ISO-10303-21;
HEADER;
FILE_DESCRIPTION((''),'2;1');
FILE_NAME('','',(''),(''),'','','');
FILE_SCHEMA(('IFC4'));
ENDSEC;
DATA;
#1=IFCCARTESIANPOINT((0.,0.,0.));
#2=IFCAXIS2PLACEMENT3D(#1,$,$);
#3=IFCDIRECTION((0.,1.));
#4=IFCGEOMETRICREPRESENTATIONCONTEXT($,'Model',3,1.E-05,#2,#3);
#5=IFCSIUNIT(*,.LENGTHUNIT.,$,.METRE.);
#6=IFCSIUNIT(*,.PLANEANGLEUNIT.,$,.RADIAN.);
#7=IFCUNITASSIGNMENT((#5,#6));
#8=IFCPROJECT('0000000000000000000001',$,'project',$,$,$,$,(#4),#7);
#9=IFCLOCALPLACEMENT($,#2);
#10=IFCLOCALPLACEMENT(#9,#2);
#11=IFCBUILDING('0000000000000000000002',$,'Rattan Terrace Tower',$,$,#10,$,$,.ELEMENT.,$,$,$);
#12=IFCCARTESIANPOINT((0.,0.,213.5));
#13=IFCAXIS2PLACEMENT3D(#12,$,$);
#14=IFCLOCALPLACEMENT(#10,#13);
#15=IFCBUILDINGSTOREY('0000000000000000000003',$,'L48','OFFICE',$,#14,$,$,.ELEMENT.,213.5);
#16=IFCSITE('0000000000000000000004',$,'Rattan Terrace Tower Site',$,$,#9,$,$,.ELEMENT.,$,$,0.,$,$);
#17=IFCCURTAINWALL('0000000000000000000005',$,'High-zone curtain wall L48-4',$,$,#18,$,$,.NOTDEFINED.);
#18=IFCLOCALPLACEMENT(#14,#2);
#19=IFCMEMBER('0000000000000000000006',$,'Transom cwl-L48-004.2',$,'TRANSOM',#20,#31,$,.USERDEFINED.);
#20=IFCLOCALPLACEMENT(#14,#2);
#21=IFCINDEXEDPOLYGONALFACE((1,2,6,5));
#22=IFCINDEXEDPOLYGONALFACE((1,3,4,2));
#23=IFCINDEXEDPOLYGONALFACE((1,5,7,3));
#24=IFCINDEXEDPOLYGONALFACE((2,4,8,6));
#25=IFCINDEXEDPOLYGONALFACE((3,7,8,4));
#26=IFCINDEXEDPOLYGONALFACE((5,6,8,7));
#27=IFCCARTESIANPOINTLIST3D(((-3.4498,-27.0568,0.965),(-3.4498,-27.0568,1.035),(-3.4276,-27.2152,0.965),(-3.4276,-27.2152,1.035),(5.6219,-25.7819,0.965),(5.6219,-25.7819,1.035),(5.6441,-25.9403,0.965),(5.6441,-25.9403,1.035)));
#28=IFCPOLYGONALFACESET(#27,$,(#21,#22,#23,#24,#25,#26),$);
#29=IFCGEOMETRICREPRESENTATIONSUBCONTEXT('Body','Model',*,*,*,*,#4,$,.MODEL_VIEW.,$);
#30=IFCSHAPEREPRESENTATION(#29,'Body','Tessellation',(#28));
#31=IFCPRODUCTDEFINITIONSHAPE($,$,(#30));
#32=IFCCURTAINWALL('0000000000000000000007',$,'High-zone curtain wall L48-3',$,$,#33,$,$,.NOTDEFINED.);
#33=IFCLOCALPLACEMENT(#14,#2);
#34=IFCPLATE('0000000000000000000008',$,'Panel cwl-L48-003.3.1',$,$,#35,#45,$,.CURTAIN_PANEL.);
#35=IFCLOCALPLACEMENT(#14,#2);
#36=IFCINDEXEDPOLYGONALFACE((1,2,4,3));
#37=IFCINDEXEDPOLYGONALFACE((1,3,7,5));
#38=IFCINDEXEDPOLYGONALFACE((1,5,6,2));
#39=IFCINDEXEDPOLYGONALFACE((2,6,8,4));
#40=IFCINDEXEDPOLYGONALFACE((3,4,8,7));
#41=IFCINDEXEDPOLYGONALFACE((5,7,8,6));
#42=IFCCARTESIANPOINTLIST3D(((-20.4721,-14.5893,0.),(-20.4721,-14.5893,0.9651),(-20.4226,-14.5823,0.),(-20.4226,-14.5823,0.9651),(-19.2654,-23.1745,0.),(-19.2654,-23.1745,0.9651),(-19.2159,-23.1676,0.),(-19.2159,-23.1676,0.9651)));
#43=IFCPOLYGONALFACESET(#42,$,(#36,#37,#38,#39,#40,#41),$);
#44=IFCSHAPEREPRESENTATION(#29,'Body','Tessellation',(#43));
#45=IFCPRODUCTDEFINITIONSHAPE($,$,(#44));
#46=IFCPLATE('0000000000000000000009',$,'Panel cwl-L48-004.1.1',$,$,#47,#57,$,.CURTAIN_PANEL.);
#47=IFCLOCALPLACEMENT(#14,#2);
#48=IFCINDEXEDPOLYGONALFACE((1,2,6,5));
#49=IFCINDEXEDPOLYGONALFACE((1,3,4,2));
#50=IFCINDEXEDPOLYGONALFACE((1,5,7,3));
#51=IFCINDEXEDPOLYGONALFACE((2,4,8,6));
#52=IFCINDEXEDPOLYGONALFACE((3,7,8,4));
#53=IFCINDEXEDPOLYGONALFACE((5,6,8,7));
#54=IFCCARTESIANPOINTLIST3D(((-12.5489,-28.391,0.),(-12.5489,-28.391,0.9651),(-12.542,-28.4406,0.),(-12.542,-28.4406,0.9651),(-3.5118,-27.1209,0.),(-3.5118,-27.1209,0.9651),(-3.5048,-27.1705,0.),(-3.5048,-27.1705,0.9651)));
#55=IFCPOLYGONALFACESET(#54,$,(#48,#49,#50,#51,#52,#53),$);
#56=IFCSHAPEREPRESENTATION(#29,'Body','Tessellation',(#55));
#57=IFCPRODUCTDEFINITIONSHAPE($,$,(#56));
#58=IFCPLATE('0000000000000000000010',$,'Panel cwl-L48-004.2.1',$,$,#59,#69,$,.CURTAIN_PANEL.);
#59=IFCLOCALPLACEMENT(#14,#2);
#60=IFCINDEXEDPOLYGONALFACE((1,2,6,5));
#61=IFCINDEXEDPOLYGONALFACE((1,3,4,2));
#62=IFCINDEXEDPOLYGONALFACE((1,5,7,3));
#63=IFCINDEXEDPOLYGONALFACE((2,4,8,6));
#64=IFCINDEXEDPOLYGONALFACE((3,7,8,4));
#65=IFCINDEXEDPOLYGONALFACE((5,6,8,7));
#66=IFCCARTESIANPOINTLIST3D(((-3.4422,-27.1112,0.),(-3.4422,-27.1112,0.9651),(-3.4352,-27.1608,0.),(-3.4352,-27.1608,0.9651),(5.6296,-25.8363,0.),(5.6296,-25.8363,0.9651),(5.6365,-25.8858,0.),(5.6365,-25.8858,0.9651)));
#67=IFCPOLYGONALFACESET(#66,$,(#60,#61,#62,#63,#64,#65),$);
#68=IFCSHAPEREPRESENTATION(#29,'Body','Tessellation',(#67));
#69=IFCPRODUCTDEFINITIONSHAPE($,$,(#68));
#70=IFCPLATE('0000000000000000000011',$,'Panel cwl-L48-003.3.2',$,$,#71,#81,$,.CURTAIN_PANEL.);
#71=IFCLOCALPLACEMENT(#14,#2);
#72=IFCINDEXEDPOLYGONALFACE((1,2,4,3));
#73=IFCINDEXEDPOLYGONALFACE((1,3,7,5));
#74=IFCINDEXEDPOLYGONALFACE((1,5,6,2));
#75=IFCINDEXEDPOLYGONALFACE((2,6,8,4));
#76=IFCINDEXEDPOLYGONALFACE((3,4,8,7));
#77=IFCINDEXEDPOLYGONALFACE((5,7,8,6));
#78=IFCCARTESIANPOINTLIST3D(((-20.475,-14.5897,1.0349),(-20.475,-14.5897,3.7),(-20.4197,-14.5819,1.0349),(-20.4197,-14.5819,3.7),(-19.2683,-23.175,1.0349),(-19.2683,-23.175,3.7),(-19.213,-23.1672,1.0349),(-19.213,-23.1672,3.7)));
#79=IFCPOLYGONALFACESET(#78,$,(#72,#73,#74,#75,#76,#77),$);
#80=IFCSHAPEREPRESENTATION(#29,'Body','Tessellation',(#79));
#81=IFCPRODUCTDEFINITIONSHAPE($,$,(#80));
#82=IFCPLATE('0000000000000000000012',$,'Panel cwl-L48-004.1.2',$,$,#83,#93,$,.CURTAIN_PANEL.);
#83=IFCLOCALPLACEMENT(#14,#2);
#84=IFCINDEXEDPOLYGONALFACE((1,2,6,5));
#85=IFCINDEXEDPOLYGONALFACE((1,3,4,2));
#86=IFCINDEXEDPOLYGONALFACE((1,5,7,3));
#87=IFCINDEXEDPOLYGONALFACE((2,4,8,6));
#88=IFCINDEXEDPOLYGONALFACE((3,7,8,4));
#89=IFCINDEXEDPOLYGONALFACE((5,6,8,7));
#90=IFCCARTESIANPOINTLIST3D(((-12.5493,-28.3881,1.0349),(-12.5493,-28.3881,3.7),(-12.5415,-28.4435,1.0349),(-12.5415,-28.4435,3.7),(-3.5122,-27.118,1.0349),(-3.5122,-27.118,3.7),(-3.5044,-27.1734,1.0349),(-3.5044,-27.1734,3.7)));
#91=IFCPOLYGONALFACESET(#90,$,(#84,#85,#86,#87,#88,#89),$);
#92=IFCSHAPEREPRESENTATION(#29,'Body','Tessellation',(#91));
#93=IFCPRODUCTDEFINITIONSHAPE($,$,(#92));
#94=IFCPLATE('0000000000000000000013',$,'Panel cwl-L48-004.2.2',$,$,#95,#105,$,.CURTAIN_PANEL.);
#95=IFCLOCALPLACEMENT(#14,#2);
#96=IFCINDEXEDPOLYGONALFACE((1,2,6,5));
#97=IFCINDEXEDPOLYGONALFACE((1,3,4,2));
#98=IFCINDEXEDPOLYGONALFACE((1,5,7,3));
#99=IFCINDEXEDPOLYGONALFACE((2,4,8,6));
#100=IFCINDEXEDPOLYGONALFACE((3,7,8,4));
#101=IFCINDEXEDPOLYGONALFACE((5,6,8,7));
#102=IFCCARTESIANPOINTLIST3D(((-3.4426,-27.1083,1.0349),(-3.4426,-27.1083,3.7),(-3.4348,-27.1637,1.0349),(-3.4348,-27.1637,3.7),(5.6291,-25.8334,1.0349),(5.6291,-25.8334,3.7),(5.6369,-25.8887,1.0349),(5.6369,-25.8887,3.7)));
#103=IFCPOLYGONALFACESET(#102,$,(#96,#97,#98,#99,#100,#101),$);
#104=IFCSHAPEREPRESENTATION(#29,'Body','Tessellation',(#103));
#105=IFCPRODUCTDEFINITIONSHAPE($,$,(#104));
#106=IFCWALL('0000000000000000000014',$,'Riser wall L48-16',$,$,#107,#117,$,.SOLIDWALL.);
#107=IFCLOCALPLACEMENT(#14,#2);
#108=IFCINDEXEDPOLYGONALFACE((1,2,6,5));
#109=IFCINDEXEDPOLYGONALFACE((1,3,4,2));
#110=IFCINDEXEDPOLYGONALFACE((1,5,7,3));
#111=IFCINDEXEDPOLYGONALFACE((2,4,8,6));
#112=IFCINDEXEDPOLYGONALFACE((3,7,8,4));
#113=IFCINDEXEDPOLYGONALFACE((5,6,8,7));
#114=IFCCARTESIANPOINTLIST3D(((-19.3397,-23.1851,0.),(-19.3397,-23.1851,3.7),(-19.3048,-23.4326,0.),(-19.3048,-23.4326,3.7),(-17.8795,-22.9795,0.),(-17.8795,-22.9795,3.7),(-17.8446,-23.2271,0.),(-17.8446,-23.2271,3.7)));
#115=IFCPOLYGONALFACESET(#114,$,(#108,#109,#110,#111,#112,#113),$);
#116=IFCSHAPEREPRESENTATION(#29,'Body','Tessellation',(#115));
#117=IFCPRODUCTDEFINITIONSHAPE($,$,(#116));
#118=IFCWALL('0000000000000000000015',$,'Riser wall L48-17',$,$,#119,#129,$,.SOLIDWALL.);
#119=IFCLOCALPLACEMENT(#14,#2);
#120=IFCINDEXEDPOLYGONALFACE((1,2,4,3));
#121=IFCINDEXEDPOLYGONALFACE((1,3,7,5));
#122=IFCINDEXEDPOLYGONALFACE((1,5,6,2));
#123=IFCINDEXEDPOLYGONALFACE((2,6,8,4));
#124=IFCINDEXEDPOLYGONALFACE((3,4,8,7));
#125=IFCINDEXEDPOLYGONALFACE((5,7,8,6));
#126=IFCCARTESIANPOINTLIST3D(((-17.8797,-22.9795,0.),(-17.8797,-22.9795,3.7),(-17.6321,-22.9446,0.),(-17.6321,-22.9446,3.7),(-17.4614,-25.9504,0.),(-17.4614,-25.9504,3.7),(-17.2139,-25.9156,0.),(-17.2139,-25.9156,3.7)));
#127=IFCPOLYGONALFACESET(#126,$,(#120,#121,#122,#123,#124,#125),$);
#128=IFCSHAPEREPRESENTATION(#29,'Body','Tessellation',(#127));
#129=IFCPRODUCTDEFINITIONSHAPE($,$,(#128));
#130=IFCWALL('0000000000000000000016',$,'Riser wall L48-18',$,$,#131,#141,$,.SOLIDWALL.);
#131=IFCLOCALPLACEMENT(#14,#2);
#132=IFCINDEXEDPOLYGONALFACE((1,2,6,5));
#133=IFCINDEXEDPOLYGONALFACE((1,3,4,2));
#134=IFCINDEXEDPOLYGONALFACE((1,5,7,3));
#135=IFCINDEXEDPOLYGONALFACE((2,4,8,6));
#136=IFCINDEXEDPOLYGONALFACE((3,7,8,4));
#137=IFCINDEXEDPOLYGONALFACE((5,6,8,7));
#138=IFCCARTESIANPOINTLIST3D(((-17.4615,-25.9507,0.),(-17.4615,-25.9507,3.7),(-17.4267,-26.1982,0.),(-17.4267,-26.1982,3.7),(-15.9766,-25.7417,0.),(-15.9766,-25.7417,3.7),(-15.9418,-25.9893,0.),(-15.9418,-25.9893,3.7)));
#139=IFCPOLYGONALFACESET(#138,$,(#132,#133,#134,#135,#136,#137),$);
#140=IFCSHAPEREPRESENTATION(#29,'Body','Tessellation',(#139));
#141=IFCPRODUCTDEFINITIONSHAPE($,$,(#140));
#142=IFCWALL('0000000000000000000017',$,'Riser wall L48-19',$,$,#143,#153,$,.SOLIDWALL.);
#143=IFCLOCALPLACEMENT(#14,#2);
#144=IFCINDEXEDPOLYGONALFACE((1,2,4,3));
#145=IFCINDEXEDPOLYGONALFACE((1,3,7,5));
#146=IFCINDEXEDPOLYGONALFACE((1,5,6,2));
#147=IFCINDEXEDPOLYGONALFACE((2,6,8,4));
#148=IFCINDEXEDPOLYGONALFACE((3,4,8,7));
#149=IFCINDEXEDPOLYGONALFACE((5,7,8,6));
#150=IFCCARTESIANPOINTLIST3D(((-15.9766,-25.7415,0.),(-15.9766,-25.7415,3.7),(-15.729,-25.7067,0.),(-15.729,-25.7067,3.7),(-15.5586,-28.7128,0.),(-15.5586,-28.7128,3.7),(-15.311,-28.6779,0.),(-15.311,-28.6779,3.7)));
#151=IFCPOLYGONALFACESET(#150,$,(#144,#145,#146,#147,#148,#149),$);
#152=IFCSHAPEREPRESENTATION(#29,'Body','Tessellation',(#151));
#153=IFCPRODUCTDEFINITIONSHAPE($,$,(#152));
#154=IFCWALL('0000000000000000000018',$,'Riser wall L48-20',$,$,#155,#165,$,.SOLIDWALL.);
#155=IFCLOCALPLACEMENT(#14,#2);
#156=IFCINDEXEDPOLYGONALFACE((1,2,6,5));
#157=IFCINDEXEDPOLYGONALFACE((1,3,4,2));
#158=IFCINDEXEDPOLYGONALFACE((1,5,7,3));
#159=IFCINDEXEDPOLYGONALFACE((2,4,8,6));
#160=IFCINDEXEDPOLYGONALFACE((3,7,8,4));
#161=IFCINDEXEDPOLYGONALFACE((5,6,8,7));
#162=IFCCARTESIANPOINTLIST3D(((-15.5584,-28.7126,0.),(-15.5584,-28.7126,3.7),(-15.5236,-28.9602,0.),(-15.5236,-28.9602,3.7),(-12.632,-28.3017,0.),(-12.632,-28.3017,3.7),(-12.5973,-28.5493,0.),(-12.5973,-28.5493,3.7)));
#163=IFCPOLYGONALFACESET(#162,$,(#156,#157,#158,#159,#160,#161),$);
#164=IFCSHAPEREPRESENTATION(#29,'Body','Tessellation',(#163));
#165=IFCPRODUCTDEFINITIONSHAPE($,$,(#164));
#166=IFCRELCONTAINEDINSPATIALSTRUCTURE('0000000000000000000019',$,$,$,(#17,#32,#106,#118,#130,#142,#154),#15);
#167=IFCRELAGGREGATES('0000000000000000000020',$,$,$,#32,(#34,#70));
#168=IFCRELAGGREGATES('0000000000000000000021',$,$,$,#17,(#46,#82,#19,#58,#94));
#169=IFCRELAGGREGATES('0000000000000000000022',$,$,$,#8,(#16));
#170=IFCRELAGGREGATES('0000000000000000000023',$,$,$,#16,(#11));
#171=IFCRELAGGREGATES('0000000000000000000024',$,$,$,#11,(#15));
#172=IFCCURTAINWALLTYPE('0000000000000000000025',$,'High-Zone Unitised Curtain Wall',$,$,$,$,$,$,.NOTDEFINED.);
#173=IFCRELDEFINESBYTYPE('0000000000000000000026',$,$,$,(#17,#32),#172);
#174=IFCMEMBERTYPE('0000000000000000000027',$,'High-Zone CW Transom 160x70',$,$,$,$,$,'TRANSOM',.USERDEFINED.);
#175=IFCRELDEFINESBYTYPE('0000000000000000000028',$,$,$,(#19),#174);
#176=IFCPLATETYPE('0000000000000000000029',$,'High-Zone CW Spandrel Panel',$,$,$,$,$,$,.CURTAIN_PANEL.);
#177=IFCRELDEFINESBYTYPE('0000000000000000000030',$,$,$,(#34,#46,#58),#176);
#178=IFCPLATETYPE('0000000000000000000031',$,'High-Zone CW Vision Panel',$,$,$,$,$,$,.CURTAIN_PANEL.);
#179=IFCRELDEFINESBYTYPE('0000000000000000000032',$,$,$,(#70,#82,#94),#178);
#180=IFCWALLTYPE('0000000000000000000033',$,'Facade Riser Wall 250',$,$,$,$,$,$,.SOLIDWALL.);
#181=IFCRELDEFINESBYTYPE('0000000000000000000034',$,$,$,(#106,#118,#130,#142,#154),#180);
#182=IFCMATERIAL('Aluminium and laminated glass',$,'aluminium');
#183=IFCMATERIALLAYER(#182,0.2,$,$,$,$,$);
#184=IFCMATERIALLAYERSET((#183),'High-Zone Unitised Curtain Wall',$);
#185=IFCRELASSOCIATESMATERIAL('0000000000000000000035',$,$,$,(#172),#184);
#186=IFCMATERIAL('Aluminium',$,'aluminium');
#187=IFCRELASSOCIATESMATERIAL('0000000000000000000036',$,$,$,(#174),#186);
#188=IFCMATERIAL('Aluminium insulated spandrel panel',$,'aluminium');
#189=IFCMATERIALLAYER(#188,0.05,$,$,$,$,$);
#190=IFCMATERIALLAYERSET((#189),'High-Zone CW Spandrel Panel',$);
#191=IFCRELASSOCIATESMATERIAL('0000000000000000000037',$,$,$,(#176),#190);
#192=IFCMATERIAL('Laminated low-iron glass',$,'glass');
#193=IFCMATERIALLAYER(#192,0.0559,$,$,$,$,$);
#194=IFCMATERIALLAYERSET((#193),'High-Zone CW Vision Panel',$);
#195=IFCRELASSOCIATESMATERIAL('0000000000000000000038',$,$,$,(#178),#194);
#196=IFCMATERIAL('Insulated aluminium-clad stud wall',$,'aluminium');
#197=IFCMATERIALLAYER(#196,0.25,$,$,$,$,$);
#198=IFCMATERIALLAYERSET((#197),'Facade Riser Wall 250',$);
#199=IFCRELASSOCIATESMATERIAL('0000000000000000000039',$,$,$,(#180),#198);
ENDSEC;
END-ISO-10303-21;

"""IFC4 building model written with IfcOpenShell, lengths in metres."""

from ifc_helpers import new_model, si_unit, direction, frame, frame_2d, origin, origin_2d, place, context, subcontext, project, spatial, rectangle, extrude, material, layer, layer_set, material_profile, profile_set, type_object, element, aggregate, save


model = new_model("IFC4")

# Units and contexts
model_context = context("Model", 3, precision=1e-05, world=origin(), true_north=direction((0.0, 1.0)))
body_context = subcontext(model_context, "Body", "Model", "MODEL_VIEW")
ifc_project = project(units=[si_unit("LENGTHUNIT", "METRE"), si_unit("PLANEANGLEUNIT", "RADIAN")], contexts=[model_context])

# Site, building, storey
site_placement = place(None, origin())
site = spatial("IfcSite", under=ifc_project, at=site_placement, Name="Rattan Terrace Tower Site", CompositionType="ELEMENT", RefElevation=0.0)
building_placement = place(site_placement, origin())
building = spatial("IfcBuilding", under=site, at=building_placement, Name="Rattan Terrace Tower", CompositionType="ELEMENT")
storey_placement = place(building_placement, frame((0.0, 0.0, 213.5)))
storey = spatial("IfcBuildingStorey", under=building, at=storey_placement, Name="L48", Description="OFFICE", CompositionType="ELEMENT", Elevation=213.5)

# Curtain wall, member
ifc_material_1 = material(Name="Aluminium and laminated glass", Category="aluminium")
ifc_layer_1 = layer(ifc_material_1, 0.2)
ifc_layer_set_1 = layer_set([ifc_layer_1], Name="High-Zone Unitised Curtain Wall")
curtain_wall_type = type_object("IfcCurtainWallType", Name="High-Zone Unitised Curtain Wall", PredefinedType="NOTDEFINED", material=ifc_layer_set_1)
curtain_wall_1_placement = place(storey_placement, origin())
curtain_wall_1 = element("IfcCurtainWall", 1, at=curtain_wall_1_placement, inside=storey, type_object=curtain_wall_type, Name="High-zone curtain wall L48-4", PredefinedType="NOTDEFINED")
ifc_material_2 = material(Name="Aluminium", Category="aluminium")
ifc_material_profile_1 = material_profile(ifc_material_2, rectangle(XDim=0.1599, YDim=0.0701, at=origin_2d()), Name="Aluminium 160x70")
ifc_profile_set_1 = profile_set([ifc_material_profile_1], Name="Aluminium")
member_type_1 = type_object("IfcMemberType", Name="High-Zone CW Transom 160x70", ElementType="TRANSOM", PredefinedType="USERDEFINED", material=ifc_profile_set_1)
member_1_placement = place(storey_placement, frame((-3.4387, -27.136, 1.0), z_axis=(0.990269, 0.139167, 0.0), x_axis=(-0.139167, 0.990269, 0.0)))
member_1 = element("IfcMember", 2, at=member_1_placement, type_object=member_type_1, Name="Transom cwl-L48-004.2", ObjectType="TRANSOM", PredefinedType="USERDEFINED", context=body_context, shape_type="SweptSolid", body=[
    extrude(rectangle(XDim=0.1599, YDim=0.0701, at=origin_2d()), origin(), (0.0, 0.0, 1.0), 9.1609),
])

# Curtain wall, plate
curtain_wall_2_placement = place(storey_placement, origin())
curtain_wall_2 = element("IfcCurtainWall", 3, at=curtain_wall_2_placement, inside=storey, type_object=curtain_wall_type, Name="High-zone curtain wall L48-3", PredefinedType="NOTDEFINED")
ifc_material_3 = material(Name="Aluminium insulated spandrel panel", Category="aluminium")
ifc_layer_2 = layer(ifc_material_3, 0.05)
ifc_layer_set_2 = layer_set([ifc_layer_2], Name="High-Zone CW Spandrel Panel")
plate_type_1 = type_object("IfcPlateType", Name="High-Zone CW Spandrel Panel", PredefinedType="CURTAIN_PANEL", material=ifc_layer_set_2)
plate_1_placement = place(storey_placement, frame((-19.844, -18.8784, 0.0), z_axis=(0.0, 0.0, 1.0), x_axis=(0.139186, -0.990266, 0.0)))
plate_1 = element("IfcPlate", 4, at=plate_1_placement, type_object=plate_type_1, Name="Panel cwl-L48-003.3.1", PredefinedType="CURTAIN_PANEL", context=body_context, shape_type="SweptSolid", body=[
    extrude(rectangle(XDim=8.6697, YDim=0.05, at=origin_2d()), origin(), (0.0, 0.0, 1.0), 0.9651),
])

# Plates
plate_2_placement = place(storey_placement, frame((-8.0269, -27.7808, 0.0), z_axis=(0.0, 0.0, 1.0), x_axis=(0.990267, 0.139177, 0.0)))
plate_2 = element("IfcPlate", 5, at=plate_2_placement, type_object=plate_type_1, Name="Panel cwl-L48-004.1.1", PredefinedType="CURTAIN_PANEL", context=body_context, shape_type="SweptSolid", body=[
    extrude(rectangle(XDim=9.126, YDim=0.05, at=origin_2d()), origin(), (0.0, 0.0, 1.0), 0.9651),
])
plate_3_placement = place(storey_placement, frame((1.0972, -26.4985, 0.0), z_axis=(0.0, 0.0, 1.0), x_axis=(0.990267, 0.139177, 0.0)))
plate_3 = element("IfcPlate", 6, at=plate_3_placement, type_object=plate_type_1, Name="Panel cwl-L48-004.2.1", PredefinedType="CURTAIN_PANEL", context=body_context, shape_type="SweptSolid", body=[
    extrude(rectangle(XDim=9.1609, YDim=0.05, at=origin_2d()), origin(), (0.0, 0.0, 1.0), 0.9651),
])
ifc_material_4 = material(Name="Laminated low-iron glass", Category="glass")
ifc_layer_3 = layer(ifc_material_4, 0.0559)
ifc_layer_set_3 = layer_set([ifc_layer_3], Name="High-Zone CW Vision Panel")
plate_type_2 = type_object("IfcPlateType", Name="High-Zone CW Vision Panel", PredefinedType="CURTAIN_PANEL", material=ifc_layer_set_3)
plate_4_placement = place(storey_placement, frame((-19.844, -18.8784, 1.0349), z_axis=(0.0, 0.0, 1.0), x_axis=(0.139186, -0.990266, 0.0)))
plate_4 = element("IfcPlate", 7, at=plate_4_placement, type_object=plate_type_2, Name="Panel cwl-L48-003.3.2", PredefinedType="CURTAIN_PANEL", context=body_context, shape_type="SweptSolid", body=[
    extrude(rectangle(XDim=8.6697, YDim=0.0559, at=origin_2d()), origin(), (0.0, 0.0, 1.0), 2.665),
])
aggregate(curtain_wall_2, [plate_1, plate_4])
plate_5_placement = place(storey_placement, frame((-8.0269, -27.7808, 1.0349), z_axis=(0.0, 0.0, 1.0), x_axis=(0.990267, 0.139177, 0.0)))
plate_5 = element("IfcPlate", 8, at=plate_5_placement, type_object=plate_type_2, Name="Panel cwl-L48-004.1.2", PredefinedType="CURTAIN_PANEL", context=body_context, shape_type="SweptSolid", body=[
    extrude(rectangle(XDim=9.126, YDim=0.0559, at=origin_2d()), origin(), (0.0, 0.0, 1.0), 2.665),
])
plate_6_placement = place(storey_placement, frame((1.0972, -26.4985, 1.0349), z_axis=(0.0, 0.0, 1.0), x_axis=(0.990267, 0.139177, 0.0)))
plate_6 = element("IfcPlate", 9, at=plate_6_placement, type_object=plate_type_2, Name="Panel cwl-L48-004.2.2", PredefinedType="CURTAIN_PANEL", context=body_context, shape_type="SweptSolid", body=[
    extrude(rectangle(XDim=9.1609, YDim=0.0559, at=origin_2d()), origin(), (0.0, 0.0, 1.0), 2.665),
])
aggregate(curtain_wall_1, [plate_2, plate_5, member_1, plate_3, plate_6])

# Walls
ifc_material_5 = material(Name="Insulated aluminium-clad stud wall", Category="aluminium")
ifc_layer_4 = layer(ifc_material_5, 0.25)
ifc_layer_set_4 = layer_set([ifc_layer_4], Name="Facade Riser Wall 250")
wall_type_1 = type_object("IfcWallType", Name="Facade Riser Wall 250", PredefinedType="SOLIDWALL", material=ifc_layer_set_4)
wall_1_placement = place(storey_placement, frame((-19.3223, -23.3088, 0.0), z_axis=(0.0, 0.0, 1.0), x_axis=(0.990236, 0.139404, 0.0)))
element("IfcWall", 10, at=wall_1_placement, inside=storey, type_object=wall_type_1, Name="Riser wall L48-16", PredefinedType="SOLIDWALL", context=body_context, shape_type="SweptSolid", body=[
    extrude(rectangle(XDim=1.4746, YDim=0.25, at=frame_2d((0.7373, 0.0))), origin(), (0.0, 0.0, 1.0), 3.7),
])
wall_2_placement = place(storey_placement, frame((-17.7559, -22.9622, 0.0), z_axis=(0.0, 0.0, 1.0), x_axis=(0.139393, -0.990237, 0.0)))
element("IfcWall", 11, at=wall_2_placement, inside=storey, type_object=wall_type_1, Name="Riser wall L48-17", PredefinedType="SOLIDWALL", context=body_context, shape_type="SweptSolid", body=[
    extrude(rectangle(XDim=3.0002, YDim=0.25, at=frame_2d((1.5, 0.0))), origin(), (0.0, 0.0, 1.0), 3.7),
])
wall_3_placement = place(storey_placement, frame((-17.4441, -26.0745, 0.0), z_axis=(0.0, 0.0, 1.0), x_axis=(0.99024, 0.13937, 0.0)))
element("IfcWall", 12, at=wall_3_placement, inside=storey, type_object=wall_type_1, Name="Riser wall L48-18", PredefinedType="SOLIDWALL", context=body_context, shape_type="SweptSolid", body=[
    extrude(rectangle(XDim=1.4995, YDim=0.25, at=frame_2d((0.7498, 0.0))), origin(), (0.0, 0.0, 1.0), 3.7),
])
wall_4_placement = place(storey_placement, frame((-15.8528, -25.7241, 0.0), z_axis=(0.0, 0.0, 1.0), x_axis=(0.139302, -0.99025, 0.0)))
element("IfcWall", 13, at=wall_4_placement, inside=storey, type_object=wall_type_1, Name="Riser wall L48-19", PredefinedType="SOLIDWALL", context=body_context, shape_type="SweptSolid", body=[
    extrude(rectangle(XDim=3.0005, YDim=0.25, at=frame_2d((1.5002, 0.0))), origin(), (0.0, 0.0, 1.0), 3.7),
])
wall_5_placement = place(storey_placement, frame((-15.541, -28.8364, 0.0), z_axis=(0.0, 0.0, 1.0), x_axis=(0.990285, 0.13905, 0.0)))
element("IfcWall", 14, at=wall_5_placement, inside=storey, type_object=wall_type_1, Name="Riser wall L48-20", PredefinedType="SOLIDWALL", context=body_context, shape_type="SweptSolid", body=[
    extrude(rectangle(XDim=2.9551, YDim=0.25, at=frame_2d((1.4775, 0.0))), origin(), (0.0, 0.0, 1.0), 3.7),
])

save(model, "model.ifc")
